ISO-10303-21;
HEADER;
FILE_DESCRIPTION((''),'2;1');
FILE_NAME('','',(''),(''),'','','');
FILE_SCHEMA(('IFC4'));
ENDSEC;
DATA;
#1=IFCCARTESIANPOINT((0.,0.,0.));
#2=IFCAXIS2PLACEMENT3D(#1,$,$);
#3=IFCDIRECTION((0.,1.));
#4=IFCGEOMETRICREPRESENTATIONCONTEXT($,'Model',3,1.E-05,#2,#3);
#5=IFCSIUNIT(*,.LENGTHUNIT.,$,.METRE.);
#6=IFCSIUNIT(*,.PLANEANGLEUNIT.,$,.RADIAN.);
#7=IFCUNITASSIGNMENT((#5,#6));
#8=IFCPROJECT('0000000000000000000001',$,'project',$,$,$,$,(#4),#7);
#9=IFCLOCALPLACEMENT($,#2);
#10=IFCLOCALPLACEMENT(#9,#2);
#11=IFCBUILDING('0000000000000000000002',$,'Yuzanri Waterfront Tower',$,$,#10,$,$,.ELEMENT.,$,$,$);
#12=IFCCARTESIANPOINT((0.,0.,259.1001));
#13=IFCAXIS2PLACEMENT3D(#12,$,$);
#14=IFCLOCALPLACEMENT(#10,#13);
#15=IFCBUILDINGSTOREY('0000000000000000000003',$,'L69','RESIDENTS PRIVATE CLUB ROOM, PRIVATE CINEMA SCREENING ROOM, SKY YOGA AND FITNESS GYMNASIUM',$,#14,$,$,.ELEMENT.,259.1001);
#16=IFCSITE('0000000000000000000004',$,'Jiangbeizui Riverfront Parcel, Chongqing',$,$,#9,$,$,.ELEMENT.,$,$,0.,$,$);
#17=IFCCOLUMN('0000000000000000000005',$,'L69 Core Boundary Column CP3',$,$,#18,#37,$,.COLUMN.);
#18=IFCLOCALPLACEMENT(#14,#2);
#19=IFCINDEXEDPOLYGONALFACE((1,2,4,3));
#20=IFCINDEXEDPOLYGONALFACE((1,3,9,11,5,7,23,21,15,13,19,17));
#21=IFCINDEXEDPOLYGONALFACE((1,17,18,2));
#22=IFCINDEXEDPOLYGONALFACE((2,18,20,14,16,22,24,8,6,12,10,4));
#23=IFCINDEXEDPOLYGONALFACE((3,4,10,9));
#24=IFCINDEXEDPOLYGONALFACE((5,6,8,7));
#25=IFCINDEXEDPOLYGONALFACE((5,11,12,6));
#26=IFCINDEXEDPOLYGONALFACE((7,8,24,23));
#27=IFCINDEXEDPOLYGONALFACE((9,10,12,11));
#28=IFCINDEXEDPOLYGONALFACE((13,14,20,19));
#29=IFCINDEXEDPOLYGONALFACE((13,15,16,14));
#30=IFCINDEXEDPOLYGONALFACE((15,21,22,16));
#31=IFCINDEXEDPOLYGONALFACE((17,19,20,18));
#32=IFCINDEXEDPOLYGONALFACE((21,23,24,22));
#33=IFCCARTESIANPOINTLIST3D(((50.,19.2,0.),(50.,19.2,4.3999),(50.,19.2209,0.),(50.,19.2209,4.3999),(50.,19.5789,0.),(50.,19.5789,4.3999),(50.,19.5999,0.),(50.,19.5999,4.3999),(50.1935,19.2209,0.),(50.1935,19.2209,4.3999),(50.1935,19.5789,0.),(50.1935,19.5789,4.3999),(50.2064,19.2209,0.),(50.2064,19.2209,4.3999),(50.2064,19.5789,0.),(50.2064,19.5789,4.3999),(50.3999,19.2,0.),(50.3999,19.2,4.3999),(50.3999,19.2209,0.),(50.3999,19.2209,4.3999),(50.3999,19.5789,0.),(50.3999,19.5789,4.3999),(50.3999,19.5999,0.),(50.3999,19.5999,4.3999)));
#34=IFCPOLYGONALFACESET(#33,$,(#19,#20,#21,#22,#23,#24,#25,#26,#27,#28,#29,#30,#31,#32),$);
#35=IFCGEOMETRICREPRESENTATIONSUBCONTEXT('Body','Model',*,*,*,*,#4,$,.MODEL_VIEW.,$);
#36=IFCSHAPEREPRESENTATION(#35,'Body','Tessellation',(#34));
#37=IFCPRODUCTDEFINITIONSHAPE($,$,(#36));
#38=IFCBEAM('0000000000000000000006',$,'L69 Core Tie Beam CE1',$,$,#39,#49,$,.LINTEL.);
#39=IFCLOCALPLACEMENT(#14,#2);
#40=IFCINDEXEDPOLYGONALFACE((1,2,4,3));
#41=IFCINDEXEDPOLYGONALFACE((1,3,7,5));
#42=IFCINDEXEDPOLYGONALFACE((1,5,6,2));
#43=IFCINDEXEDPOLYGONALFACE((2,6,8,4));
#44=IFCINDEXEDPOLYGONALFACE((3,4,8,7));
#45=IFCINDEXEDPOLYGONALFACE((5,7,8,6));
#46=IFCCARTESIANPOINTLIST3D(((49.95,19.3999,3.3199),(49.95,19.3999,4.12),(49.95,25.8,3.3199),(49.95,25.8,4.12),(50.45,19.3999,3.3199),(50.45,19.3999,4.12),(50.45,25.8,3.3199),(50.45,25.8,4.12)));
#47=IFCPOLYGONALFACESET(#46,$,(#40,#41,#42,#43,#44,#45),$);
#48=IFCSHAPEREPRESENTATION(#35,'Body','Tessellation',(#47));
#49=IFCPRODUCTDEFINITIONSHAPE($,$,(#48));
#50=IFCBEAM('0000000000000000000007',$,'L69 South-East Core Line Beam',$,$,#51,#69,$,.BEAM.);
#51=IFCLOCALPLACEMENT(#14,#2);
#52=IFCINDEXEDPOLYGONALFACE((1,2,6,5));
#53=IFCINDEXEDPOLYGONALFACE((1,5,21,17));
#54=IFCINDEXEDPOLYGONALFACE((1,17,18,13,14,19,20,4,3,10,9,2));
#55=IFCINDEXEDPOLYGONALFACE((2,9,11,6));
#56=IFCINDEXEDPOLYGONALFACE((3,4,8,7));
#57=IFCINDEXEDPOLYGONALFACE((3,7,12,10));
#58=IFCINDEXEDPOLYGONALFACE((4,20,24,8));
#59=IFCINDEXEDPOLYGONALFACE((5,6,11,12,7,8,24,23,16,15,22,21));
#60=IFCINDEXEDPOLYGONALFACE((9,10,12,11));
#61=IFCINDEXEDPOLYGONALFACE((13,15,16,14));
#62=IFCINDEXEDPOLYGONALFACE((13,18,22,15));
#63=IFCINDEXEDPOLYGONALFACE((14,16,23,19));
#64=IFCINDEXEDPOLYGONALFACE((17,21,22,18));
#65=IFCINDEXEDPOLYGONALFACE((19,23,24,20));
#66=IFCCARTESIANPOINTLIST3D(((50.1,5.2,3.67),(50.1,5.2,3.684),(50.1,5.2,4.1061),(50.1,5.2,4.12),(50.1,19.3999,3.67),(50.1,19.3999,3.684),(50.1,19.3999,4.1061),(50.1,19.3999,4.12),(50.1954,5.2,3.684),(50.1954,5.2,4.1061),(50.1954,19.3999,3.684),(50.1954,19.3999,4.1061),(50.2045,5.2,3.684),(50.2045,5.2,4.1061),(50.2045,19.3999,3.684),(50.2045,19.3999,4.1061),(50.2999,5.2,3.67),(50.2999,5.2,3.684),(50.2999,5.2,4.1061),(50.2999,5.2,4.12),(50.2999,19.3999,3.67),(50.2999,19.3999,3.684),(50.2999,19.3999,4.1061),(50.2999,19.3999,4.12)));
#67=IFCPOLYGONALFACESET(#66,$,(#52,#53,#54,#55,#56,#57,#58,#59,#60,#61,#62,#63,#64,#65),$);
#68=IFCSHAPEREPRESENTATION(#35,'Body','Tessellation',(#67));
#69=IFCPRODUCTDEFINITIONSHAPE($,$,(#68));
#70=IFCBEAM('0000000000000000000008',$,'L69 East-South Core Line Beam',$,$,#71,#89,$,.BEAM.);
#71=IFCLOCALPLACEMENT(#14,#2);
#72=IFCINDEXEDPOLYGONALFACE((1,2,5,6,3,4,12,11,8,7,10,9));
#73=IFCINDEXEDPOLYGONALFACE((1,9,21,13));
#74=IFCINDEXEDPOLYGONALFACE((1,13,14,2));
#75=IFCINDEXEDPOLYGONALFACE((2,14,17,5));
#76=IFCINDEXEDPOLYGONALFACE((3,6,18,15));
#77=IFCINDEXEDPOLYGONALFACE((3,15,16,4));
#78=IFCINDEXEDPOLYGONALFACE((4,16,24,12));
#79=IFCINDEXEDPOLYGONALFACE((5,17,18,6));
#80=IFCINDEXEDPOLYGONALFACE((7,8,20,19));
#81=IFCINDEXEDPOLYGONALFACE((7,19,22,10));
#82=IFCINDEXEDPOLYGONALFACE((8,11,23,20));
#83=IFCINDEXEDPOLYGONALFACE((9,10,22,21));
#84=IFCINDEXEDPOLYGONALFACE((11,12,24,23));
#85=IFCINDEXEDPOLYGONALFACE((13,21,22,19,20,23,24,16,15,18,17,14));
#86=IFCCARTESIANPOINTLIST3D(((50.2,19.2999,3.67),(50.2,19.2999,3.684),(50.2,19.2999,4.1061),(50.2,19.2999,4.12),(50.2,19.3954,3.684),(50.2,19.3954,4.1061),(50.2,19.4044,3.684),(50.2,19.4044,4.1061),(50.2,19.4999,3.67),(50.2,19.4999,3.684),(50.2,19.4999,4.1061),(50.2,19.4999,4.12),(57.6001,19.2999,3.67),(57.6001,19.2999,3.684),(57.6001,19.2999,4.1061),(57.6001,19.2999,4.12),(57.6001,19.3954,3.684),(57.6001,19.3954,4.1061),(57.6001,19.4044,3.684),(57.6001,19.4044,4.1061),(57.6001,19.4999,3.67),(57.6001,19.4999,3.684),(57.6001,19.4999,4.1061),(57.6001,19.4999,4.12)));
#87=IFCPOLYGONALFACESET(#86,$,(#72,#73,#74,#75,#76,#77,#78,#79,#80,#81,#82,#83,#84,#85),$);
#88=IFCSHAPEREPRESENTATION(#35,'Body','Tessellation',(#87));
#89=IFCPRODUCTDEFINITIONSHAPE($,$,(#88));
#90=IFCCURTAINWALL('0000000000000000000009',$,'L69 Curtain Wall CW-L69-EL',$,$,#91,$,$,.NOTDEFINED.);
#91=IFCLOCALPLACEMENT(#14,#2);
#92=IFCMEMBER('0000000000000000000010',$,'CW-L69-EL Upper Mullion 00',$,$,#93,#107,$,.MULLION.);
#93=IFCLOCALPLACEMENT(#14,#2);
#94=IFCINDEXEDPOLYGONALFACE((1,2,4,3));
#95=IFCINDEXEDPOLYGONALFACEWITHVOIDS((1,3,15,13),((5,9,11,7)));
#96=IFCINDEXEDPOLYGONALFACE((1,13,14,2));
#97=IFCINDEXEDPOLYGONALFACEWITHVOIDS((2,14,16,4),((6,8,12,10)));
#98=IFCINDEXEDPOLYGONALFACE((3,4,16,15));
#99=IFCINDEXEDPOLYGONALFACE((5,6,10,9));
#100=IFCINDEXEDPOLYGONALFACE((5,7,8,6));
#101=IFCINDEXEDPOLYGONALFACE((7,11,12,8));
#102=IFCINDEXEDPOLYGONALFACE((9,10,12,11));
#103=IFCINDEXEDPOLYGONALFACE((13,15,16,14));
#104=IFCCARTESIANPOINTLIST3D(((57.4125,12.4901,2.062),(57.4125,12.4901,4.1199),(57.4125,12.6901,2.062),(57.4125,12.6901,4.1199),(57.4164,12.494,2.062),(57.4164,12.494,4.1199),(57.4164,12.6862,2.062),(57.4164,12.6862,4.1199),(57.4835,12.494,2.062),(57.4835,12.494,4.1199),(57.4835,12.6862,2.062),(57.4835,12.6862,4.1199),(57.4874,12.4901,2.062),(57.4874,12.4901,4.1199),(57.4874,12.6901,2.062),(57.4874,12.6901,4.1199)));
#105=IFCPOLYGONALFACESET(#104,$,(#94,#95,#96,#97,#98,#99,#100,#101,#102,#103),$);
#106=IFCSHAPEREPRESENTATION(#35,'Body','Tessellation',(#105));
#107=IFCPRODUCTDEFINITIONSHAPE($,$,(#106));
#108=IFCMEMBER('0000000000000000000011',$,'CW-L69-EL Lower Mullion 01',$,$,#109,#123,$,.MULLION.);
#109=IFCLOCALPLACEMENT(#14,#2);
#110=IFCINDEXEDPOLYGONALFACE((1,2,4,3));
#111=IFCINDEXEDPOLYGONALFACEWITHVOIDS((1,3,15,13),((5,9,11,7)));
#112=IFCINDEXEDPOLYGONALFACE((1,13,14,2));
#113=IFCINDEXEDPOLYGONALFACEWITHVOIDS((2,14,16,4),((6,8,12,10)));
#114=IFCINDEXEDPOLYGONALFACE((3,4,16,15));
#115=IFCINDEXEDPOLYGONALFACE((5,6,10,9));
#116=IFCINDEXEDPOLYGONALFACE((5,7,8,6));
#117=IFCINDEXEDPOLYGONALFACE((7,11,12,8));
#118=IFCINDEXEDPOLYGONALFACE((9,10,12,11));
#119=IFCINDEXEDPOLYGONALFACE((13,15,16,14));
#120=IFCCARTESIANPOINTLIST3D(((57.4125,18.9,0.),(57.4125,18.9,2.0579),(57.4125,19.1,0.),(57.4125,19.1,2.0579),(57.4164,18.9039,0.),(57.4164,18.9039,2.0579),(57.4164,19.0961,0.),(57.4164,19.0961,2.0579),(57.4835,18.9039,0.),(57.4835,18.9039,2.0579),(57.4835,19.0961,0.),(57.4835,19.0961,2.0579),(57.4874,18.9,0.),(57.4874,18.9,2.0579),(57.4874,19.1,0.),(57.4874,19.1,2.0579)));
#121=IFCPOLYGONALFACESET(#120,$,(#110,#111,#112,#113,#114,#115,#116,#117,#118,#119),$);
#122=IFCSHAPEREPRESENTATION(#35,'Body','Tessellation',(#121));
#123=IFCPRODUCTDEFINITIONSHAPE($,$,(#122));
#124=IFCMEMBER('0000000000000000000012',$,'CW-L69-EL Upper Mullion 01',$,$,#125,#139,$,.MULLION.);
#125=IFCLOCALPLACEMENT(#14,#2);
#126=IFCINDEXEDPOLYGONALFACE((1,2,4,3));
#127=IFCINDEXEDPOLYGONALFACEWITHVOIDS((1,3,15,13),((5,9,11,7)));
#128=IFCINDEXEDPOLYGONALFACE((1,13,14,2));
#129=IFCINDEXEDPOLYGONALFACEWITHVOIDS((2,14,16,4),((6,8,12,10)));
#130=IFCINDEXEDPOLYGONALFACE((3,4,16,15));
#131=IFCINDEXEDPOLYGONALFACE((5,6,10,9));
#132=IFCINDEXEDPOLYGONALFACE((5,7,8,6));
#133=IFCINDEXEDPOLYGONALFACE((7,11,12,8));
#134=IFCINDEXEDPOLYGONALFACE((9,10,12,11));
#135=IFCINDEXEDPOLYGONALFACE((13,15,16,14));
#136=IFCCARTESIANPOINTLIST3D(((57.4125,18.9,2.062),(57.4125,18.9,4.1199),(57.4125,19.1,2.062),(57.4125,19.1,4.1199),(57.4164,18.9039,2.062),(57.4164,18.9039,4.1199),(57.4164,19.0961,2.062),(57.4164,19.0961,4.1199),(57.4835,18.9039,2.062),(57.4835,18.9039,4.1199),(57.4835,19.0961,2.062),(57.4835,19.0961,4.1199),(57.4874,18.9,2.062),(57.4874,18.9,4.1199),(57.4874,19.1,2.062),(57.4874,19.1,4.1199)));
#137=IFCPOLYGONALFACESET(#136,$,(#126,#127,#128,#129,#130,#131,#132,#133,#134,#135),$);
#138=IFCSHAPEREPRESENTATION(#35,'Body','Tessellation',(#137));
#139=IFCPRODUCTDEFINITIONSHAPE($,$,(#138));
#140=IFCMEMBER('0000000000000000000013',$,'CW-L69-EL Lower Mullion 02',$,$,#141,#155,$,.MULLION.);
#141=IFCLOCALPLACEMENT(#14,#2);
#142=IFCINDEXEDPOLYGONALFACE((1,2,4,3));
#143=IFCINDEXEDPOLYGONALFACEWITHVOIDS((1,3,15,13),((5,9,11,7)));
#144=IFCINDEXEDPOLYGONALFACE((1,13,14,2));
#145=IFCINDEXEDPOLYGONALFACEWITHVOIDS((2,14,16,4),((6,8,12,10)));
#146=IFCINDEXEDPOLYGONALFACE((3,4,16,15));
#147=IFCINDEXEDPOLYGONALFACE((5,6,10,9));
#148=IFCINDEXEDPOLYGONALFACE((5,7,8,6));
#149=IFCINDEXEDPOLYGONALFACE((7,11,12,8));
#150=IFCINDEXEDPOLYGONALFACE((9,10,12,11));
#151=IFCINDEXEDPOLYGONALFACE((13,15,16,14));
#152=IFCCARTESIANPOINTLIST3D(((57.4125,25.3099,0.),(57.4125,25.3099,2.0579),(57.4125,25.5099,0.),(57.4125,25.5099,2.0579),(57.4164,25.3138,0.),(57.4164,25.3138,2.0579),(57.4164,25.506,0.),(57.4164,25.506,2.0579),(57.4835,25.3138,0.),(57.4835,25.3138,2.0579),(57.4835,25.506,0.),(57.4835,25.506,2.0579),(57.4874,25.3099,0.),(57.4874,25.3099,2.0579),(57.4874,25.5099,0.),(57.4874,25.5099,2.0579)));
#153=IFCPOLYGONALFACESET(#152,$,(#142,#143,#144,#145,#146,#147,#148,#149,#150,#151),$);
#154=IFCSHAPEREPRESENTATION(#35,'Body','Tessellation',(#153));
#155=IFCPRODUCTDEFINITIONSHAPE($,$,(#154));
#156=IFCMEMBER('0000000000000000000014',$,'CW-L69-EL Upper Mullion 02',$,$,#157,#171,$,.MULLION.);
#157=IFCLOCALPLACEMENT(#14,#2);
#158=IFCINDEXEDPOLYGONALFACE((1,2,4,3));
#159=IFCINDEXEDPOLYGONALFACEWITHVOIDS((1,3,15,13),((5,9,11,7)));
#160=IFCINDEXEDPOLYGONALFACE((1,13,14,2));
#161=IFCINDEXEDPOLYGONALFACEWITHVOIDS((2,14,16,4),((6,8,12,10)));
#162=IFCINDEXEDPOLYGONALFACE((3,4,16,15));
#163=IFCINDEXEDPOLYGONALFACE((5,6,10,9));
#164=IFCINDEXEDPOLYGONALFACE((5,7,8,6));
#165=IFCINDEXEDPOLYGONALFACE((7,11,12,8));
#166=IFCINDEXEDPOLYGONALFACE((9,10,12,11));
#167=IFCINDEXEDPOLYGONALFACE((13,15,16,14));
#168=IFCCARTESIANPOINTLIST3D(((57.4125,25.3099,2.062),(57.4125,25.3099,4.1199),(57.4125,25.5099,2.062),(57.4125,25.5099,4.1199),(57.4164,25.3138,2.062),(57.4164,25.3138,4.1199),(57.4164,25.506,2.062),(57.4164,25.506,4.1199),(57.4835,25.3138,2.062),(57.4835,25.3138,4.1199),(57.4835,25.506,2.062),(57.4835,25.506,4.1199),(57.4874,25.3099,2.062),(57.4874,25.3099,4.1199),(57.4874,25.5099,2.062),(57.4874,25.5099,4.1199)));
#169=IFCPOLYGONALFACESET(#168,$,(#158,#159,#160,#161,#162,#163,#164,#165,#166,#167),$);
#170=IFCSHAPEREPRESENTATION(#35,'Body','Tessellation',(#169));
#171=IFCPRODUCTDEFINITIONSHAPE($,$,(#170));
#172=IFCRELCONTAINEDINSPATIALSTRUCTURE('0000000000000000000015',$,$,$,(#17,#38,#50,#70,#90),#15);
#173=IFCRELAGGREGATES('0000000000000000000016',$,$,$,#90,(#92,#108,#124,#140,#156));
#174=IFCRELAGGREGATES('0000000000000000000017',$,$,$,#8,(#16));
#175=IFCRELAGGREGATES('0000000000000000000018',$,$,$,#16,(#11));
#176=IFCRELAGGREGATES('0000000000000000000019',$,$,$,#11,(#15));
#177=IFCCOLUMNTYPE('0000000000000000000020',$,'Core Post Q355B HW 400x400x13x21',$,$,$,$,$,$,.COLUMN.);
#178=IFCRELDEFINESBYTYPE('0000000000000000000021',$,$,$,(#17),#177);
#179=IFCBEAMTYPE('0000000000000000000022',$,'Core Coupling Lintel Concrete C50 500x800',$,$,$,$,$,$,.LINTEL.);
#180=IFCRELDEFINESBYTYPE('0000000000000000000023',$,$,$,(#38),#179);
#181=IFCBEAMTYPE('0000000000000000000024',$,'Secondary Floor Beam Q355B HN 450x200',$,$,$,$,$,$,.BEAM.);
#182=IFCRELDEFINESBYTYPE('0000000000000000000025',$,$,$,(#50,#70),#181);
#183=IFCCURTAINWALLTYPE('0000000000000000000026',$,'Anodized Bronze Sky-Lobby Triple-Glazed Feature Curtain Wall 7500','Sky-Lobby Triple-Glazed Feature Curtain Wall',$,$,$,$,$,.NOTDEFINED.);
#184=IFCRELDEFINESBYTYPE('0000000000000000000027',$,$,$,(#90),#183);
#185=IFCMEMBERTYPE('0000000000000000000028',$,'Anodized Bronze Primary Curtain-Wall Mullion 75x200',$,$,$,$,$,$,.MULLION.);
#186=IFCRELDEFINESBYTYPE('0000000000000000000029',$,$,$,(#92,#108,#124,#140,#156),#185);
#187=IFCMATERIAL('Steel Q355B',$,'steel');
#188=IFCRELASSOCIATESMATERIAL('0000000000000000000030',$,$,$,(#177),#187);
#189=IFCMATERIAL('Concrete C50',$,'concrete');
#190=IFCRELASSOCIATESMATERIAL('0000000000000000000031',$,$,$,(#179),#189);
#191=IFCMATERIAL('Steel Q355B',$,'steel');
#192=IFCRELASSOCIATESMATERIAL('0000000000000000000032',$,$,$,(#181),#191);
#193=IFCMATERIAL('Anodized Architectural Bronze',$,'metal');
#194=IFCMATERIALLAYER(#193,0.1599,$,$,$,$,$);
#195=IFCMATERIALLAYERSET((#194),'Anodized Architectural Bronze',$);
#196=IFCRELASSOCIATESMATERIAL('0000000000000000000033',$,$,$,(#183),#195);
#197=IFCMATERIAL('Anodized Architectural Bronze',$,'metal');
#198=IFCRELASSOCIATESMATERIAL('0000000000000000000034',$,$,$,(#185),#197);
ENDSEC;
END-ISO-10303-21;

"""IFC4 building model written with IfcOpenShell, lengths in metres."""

from ifc_helpers import new_model, si_unit, direction, frame, origin, origin_2d, place, context, subcontext, project, spatial, rectangle, hollow_rectangle, i_section, extrude, source, transform, mapped, material, layer, layer_set, material_profile, profile_set, type_object, element, aggregate, save


model = new_model("IFC4")

# Units and contexts
model_context = context("Model", 3, precision=1e-05, world=origin(), true_north=direction((0.0, 1.0)))
body_context = subcontext(model_context, "Body", "Model", "MODEL_VIEW")
ifc_project = project(units=[si_unit("LENGTHUNIT", "METRE"), si_unit("PLANEANGLEUNIT", "RADIAN")], contexts=[model_context])

# Site, building, storey
site_placement = place(None, origin())
site = spatial("IfcSite", under=ifc_project, at=site_placement, Name="Jiangbeizui Riverfront Parcel, Chongqing", CompositionType="ELEMENT", RefElevation=0.0)
building_placement = place(site_placement, origin())
building = spatial("IfcBuilding", under=site, at=building_placement, Name="Yuzanri Waterfront Tower", CompositionType="ELEMENT")
storey_placement = place(building_placement, frame((0.0, 0.0, 259.1001)))
storey = spatial("IfcBuildingStorey", under=building, at=storey_placement, Name="L69", Description="RESIDENTS PRIVATE CLUB ROOM, PRIVATE CINEMA SCREENING ROOM, SKY YOGA AND FITNESS GYMNASIUM", CompositionType="ELEMENT", Elevation=259.1001)

# Column
ifc_material_1 = material(Name="Steel Q355B", Category="steel")
ifc_material_profile_1 = material_profile(ifc_material_1, i_section(OverallWidth=0.3999, OverallDepth=0.3999, WebThickness=0.0129, FlangeThickness=0.021, at=origin_2d()), Name="HW 400x400x13x21")
ifc_profile_set_1 = profile_set([ifc_material_profile_1], Name="Steel Q355B")
column_type = type_object("IfcColumnType", Name="Core Post Q355B HW 400x400x13x21", PredefinedType="COLUMN", material=ifc_profile_set_1)
shared_shape_1 = source(origin(), body_context, "Body", "SweptSolid", [
    extrude(i_section(OverallWidth=0.3999, OverallDepth=0.3999, WebThickness=0.0129, FlangeThickness=0.021, at=origin_2d()), origin(), (0.0, 0.0, 1.0), 4.3999),
])
column_placement = place(storey_placement, frame((50.2, 19.3999, 0.0), z_axis=(0.0, 0.0, 1.0), x_axis=(1.0, 0.0, 0.0)))
element("IfcColumn", 1, at=column_placement, inside=storey, type_object=column_type, Name="L69 Core Boundary Column CP3", PredefinedType="COLUMN", context=body_context, shape_type="MappedRepresentation", body=[
    mapped(shared_shape_1, transform((0.0, 0.0, 0.0), scale=1.0)),
])

# Beams
ifc_material_2 = material(Name="Concrete C50", Category="concrete")
ifc_material_profile_2 = material_profile(ifc_material_2, rectangle(XDim=0.5, YDim=0.8, at=origin_2d()), Name="RC 500x800")
ifc_profile_set_2 = profile_set([ifc_material_profile_2], Name="Concrete C50")
beam_type_1 = type_object("IfcBeamType", Name="Core Coupling Lintel Concrete C50 500x800", PredefinedType="LINTEL", material=ifc_profile_set_2)
shared_shape_2 = source(origin(), body_context, "Body", "SweptSolid", [
    extrude(rectangle(XDim=0.5, YDim=0.8, at=origin_2d()), origin(), (0.0, 0.0, 1.0), 6.4001),
])
beam_1_placement = place(storey_placement, frame((50.2, 19.3999, 3.72), z_axis=(0.0, 1.0, 0.0), x_axis=(-1.0, 0.0, 0.0)))
element("IfcBeam", 2, at=beam_1_placement, inside=storey, type_object=beam_type_1, Name="L69 Core Tie Beam CE1", PredefinedType="LINTEL", context=body_context, shape_type="MappedRepresentation", body=[
    mapped(shared_shape_2, transform((0.0, 0.0, 0.0), scale=1.0)),
])
ifc_material_3 = material(Name="Steel Q355B", Category="steel")
ifc_material_profile_3 = material_profile(ifc_material_3, i_section(OverallWidth=0.2, OverallDepth=0.45, WebThickness=0.009, FlangeThickness=0.0139, at=origin_2d()), Name="HN 450x200x9x14")
ifc_profile_set_3 = profile_set([ifc_material_profile_3], Name="Steel Q355B")
beam_type_2 = type_object("IfcBeamType", Name="Secondary Floor Beam Q355B HN 450x200", PredefinedType="BEAM", material=ifc_profile_set_3)
shared_shape_3 = source(origin(), body_context, "Body", "SweptSolid", [
    extrude(i_section(OverallWidth=0.2, OverallDepth=0.45, WebThickness=0.009, FlangeThickness=0.0139, at=origin_2d()), origin(), (0.0, 0.0, 1.0), 14.2),
])
beam_2_placement = place(storey_placement, frame((50.2, 19.3999, 3.895), z_axis=(0.0, -1.0, 0.0), x_axis=(1.0, 0.0, 0.0)))
element("IfcBeam", 3, at=beam_2_placement, inside=storey, type_object=beam_type_2, Name="L69 South-East Core Line Beam", PredefinedType="BEAM", context=body_context, shape_type="MappedRepresentation", body=[
    mapped(shared_shape_3, transform((0.0, 0.0, 0.0), scale=1.0)),
])
shared_shape_4 = source(origin(), body_context, "Body", "SweptSolid", [
    extrude(i_section(OverallWidth=0.2, OverallDepth=0.45, WebThickness=0.009, FlangeThickness=0.0139, at=origin_2d()), origin(), (0.0, 0.0, 1.0), 7.4001),
])
beam_3_placement = place(storey_placement, frame((50.2, 19.3999, 3.895), z_axis=(1.0, 0.0, 0.0), x_axis=(0.0, 1.0, 0.0)))
element("IfcBeam", 4, at=beam_3_placement, inside=storey, type_object=beam_type_2, Name="L69 East-South Core Line Beam", PredefinedType="BEAM", context=body_context, shape_type="MappedRepresentation", body=[
    mapped(shared_shape_4, transform((0.0, 0.0, 0.0), scale=1.0)),
])

# Curtain wall, members
ifc_material_4 = material(Name="Anodized Architectural Bronze", Category="metal")
ifc_layer_1 = layer(ifc_material_4, 0.1599)
ifc_layer_set_1 = layer_set([ifc_layer_1], Name="Anodized Architectural Bronze")
curtain_wall_type = type_object("IfcCurtainWallType", Name="Anodized Bronze Sky-Lobby Triple-Glazed Feature Curtain Wall 7500", Description="Sky-Lobby Triple-Glazed Feature Curtain Wall", PredefinedType="NOTDEFINED", material=ifc_layer_set_1)
curtain_wall_placement = place(storey_placement, origin())
curtain_wall = element("IfcCurtainWall", 5, at=curtain_wall_placement, inside=storey, type_object=curtain_wall_type, Name="L69 Curtain Wall CW-L69-EL", PredefinedType="NOTDEFINED")
ifc_material_5 = material(Name="Anodized Architectural Bronze", Category="metal")
ifc_material_profile_4 = material_profile(ifc_material_5, hollow_rectangle(XDim=0.075, YDim=0.2, WallThickness=0.0039, at=origin_2d()), Name="CWM 75x200")
ifc_profile_set_4 = profile_set([ifc_material_profile_4], Name="Anodized Architectural Bronze")
member_type = type_object("IfcMemberType", Name="Anodized Bronze Primary Curtain-Wall Mullion 75x200", PredefinedType="MULLION", material=ifc_profile_set_4)
shared_shape_5 = source(origin(), body_context, "Body", "SweptSolid", [
    extrude(hollow_rectangle(XDim=0.075, YDim=0.2, WallThickness=0.0039, at=origin_2d()), origin(), (0.0, 0.0, 1.0), 2.0579),
])
member_1_placement = place(storey_placement, frame((57.45, 12.5901, 2.062), z_axis=(0.0, 0.0, 1.0), x_axis=(1.0, 0.0, 0.0)))
member_1 = element("IfcMember", 6, at=member_1_placement, type_object=member_type, Name="CW-L69-EL Upper Mullion 00", PredefinedType="MULLION", context=body_context, shape_type="MappedRepresentation", body=[
    mapped(shared_shape_5, transform((0.0, 0.0, 0.0), scale=1.0)),
])
member_2_placement = place(storey_placement, frame((57.45, 19.0, 0.0), z_axis=(0.0, 0.0, 1.0), x_axis=(1.0, 0.0, 0.0)))
member_2 = element("IfcMember", 7, at=member_2_placement, type_object=member_type, Name="CW-L69-EL Lower Mullion 01", PredefinedType="MULLION", context=body_context, shape_type="MappedRepresentation", body=[
    mapped(shared_shape_5, transform((0.0, 0.0, 0.0), scale=1.0)),
])
member_3_placement = place(storey_placement, frame((57.45, 19.0, 2.062), z_axis=(0.0, 0.0, 1.0), x_axis=(1.0, 0.0, 0.0)))
member_3 = element("IfcMember", 8, at=member_3_placement, type_object=member_type, Name="CW-L69-EL Upper Mullion 01", PredefinedType="MULLION", context=body_context, shape_type="MappedRepresentation", body=[
    mapped(shared_shape_5, transform((0.0, 0.0, 0.0), scale=1.0)),
])
member_4_placement = place(storey_placement, frame((57.45, 25.4099, 0.0), z_axis=(0.0, 0.0, 1.0), x_axis=(1.0, 0.0, 0.0)))
member_4 = element("IfcMember", 9, at=member_4_placement, type_object=member_type, Name="CW-L69-EL Lower Mullion 02", PredefinedType="MULLION", context=body_context, shape_type="MappedRepresentation", body=[
    mapped(shared_shape_5, transform((0.0, 0.0, 0.0), scale=1.0)),
])
member_5_placement = place(storey_placement, frame((57.45, 25.4099, 2.062), z_axis=(0.0, 0.0, 1.0), x_axis=(1.0, 0.0, 0.0)))
member_5 = element("IfcMember", 10, at=member_5_placement, type_object=member_type, Name="CW-L69-EL Upper Mullion 02", PredefinedType="MULLION", context=body_context, shape_type="MappedRepresentation", body=[
    mapped(shared_shape_5, transform((0.0, 0.0, 0.0), scale=1.0)),
])
aggregate(curtain_wall, [member_1, member_2, member_3, member_4, member_5])

save(model, "model.ifc")
